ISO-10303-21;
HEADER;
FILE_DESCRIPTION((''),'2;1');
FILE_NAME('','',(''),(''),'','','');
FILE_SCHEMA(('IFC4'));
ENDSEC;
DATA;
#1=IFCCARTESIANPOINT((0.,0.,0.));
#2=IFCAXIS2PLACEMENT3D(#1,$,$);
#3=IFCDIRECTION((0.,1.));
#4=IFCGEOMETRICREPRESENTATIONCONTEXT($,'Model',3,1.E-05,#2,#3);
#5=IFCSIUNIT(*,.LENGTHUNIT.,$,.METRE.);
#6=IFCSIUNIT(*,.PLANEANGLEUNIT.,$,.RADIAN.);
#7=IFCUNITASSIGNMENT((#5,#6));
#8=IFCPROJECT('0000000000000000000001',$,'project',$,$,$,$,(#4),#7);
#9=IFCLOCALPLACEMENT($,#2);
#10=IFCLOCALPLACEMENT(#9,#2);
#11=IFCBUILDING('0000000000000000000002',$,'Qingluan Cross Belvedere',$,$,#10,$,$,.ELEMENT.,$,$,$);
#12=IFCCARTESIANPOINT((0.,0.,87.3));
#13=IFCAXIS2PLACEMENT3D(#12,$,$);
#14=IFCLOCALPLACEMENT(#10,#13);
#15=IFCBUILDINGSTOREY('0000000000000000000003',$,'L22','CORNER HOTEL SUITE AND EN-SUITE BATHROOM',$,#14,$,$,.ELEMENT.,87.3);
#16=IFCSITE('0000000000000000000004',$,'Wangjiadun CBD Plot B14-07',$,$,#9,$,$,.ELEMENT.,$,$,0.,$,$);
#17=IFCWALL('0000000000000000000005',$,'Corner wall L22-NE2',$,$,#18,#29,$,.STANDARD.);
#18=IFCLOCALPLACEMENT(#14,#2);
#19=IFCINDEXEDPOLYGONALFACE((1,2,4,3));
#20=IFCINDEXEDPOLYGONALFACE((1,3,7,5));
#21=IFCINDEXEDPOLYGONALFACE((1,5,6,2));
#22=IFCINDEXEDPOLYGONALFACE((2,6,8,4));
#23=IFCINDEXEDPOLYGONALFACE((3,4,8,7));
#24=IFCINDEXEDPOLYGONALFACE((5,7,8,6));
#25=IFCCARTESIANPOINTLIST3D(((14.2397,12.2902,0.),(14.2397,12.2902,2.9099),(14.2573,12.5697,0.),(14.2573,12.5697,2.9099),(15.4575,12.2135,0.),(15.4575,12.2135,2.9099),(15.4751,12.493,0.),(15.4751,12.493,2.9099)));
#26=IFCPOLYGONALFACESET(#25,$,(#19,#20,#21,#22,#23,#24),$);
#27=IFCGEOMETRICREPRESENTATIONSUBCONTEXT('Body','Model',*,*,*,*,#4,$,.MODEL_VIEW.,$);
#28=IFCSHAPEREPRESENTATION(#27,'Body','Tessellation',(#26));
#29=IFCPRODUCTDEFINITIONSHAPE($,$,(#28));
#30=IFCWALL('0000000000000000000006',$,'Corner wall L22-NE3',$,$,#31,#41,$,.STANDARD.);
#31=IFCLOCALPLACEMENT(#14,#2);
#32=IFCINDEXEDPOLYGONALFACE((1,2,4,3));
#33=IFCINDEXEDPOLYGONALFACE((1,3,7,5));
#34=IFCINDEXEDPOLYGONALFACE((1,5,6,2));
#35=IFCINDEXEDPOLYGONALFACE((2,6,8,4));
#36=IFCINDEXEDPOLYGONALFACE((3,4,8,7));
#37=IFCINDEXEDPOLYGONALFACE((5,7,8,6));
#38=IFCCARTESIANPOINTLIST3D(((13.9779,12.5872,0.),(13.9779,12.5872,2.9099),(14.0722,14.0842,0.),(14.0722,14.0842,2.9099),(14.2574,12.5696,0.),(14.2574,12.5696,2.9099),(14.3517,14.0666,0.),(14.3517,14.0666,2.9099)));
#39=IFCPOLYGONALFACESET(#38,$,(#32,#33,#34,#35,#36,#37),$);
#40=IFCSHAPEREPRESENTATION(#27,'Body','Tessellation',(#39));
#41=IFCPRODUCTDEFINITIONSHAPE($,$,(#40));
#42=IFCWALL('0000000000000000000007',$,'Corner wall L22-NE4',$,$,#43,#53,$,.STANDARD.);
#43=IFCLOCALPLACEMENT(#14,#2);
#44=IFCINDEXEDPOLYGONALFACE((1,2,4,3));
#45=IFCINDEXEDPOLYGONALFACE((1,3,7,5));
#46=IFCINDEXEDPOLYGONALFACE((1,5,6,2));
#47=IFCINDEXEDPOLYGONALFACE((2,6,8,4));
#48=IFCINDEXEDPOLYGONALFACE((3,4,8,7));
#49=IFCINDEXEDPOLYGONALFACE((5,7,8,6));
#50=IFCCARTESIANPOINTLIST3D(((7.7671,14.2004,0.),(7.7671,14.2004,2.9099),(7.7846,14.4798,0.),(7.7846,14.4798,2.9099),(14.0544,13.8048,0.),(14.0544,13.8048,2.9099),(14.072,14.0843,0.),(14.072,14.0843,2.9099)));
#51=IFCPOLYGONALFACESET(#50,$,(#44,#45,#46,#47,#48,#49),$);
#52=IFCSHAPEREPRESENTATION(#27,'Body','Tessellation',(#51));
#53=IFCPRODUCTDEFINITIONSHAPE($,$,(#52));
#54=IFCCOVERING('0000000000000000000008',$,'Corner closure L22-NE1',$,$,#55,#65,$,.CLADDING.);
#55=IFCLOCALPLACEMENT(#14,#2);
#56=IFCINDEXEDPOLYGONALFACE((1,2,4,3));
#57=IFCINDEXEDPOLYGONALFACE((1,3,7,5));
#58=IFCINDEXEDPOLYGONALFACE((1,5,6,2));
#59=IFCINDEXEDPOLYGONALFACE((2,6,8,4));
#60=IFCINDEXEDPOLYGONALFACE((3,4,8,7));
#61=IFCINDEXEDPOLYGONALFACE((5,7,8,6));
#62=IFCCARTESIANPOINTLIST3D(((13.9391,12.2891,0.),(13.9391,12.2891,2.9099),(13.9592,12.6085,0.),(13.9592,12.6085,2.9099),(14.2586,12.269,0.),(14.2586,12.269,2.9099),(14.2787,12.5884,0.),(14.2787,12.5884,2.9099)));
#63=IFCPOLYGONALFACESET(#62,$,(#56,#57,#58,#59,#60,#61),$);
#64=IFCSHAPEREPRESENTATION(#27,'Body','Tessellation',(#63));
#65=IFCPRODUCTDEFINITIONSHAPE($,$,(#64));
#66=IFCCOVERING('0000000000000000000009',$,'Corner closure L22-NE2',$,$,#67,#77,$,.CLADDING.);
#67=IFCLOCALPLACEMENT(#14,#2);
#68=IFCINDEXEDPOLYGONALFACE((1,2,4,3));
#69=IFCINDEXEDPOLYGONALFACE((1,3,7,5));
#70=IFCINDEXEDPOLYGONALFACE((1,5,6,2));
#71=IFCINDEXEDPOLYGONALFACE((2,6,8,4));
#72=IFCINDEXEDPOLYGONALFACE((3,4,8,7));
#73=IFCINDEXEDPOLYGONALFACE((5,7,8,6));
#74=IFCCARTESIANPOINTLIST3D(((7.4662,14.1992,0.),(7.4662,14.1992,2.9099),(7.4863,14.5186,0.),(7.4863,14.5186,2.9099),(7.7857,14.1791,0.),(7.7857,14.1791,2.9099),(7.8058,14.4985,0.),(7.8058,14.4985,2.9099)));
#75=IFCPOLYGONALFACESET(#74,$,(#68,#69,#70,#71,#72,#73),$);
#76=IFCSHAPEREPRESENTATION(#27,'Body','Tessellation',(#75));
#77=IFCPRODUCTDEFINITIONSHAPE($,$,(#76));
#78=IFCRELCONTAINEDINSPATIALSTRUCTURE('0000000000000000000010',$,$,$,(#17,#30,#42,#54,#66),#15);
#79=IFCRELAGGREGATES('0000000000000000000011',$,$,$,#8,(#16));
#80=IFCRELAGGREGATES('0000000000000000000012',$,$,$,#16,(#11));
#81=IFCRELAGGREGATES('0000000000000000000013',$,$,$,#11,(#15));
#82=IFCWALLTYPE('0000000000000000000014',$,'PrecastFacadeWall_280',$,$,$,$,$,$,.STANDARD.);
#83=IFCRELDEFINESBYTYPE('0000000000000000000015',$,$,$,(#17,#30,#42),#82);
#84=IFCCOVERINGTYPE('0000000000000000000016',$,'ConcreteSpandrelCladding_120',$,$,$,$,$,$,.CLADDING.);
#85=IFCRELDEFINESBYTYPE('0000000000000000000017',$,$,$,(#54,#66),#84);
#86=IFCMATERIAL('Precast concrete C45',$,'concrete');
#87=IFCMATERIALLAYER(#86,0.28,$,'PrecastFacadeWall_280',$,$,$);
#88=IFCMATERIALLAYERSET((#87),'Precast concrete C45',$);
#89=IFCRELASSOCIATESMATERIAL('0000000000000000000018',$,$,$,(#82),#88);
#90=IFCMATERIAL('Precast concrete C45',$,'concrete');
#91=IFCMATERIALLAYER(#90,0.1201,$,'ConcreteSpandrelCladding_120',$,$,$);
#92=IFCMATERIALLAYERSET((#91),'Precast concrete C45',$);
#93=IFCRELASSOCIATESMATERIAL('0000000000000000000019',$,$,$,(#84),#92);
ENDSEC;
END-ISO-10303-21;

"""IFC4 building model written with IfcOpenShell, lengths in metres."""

from ifc_helpers import new_model, si_unit, direction, frame, frame_2d, origin, origin_2d, place, context, subcontext, project, spatial, rectangle, extrude, material, layer, layer_set, type_object, element, save


model = new_model("IFC4")

# Units and contexts
model_context = context("Model", 3, precision=1e-05, world=origin(), true_north=direction((0.0, 1.0)))
body_context = subcontext(model_context, "Body", "Model", "MODEL_VIEW")
ifc_project = project(units=[si_unit("LENGTHUNIT", "METRE"), si_unit("PLANEANGLEUNIT", "RADIAN")], contexts=[model_context])

# Site, building, storey
site_placement = place(None, origin())
site = spatial("IfcSite", under=ifc_project, at=site_placement, Name="Wangjiadun CBD Plot B14-07", CompositionType="ELEMENT", RefElevation=0.0)
building_placement = place(site_placement, origin())
building = spatial("IfcBuilding", under=site, at=building_placement, Name="Qingluan Cross Belvedere", CompositionType="ELEMENT")
storey_placement = place(building_placement, frame((0.0, 0.0, 87.3)))
storey = spatial("IfcBuildingStorey", under=building, at=storey_placement, Name="L22", Description="CORNER HOTEL SUITE AND EN-SUITE BATHROOM", CompositionType="ELEMENT", Elevation=87.3)

# Shared definitions
ifc_material_1 = material(Name="Precast concrete C45", Category="concrete")
ifc_layer_1 = layer(ifc_material_1, 0.28, Name="PrecastFacadeWall_280")
ifc_layer_set_1 = layer_set([ifc_layer_1], Name="Precast concrete C45")
wall_type_1 = type_object("IfcWallType", Name="PrecastFacadeWall_280", PredefinedType="STANDARD", material=ifc_layer_set_1)

# Walls
wall_1_placement = place(storey_placement, frame((15.4663, 12.3533, 0.0), z_axis=(0.0, 0.0, 1.0), x_axis=(-0.998024, 0.062827, 0.0)))
element("IfcWall", 1, at=wall_1_placement, inside=storey, type_object=wall_type_1, Name="Corner wall L22-NE2", PredefinedType="STANDARD", context=body_context, shape_type="SweptSolid", body=[
    extrude(rectangle(XDim=1.2202, YDim=0.28, at=frame_2d((0.6101, 0.0))), origin(), (0.0, 0.0, 1.0), 2.9099),
])
wall_2_placement = place(storey_placement, frame((14.1177, 12.5784, 0.0), z_axis=(0.0, 0.0, 1.0), x_axis=(0.062824, 0.998025, 0.0)))
element("IfcWall", 2, at=wall_2_placement, inside=storey, type_object=wall_type_1, Name="Corner wall L22-NE3", PredefinedType="STANDARD", context=body_context, shape_type="SweptSolid", body=[
    extrude(rectangle(XDim=1.5, YDim=0.28, at=frame_2d((0.75, 0.0))), origin(), (0.0, 0.0, 1.0), 2.9099),
])
wall_3_placement = place(storey_placement, frame((14.0632, 13.9446, 0.0), z_axis=(0.0, 0.0, 1.0), x_axis=(-0.998027, 0.062781, 0.0)))
element("IfcWall", 3, at=wall_3_placement, inside=storey, type_object=wall_type_1, Name="Corner wall L22-NE4", PredefinedType="STANDARD", context=body_context, shape_type="SweptSolid", body=[
    extrude(rectangle(XDim=6.2998, YDim=0.28, at=frame_2d((3.1499, 0.0))), origin(), (0.0, 0.0, 1.0), 2.9099),
])

# Coverings
ifc_material_2 = material(Name="Precast concrete C45", Category="concrete")
ifc_layer_2 = layer(ifc_material_2, 0.1201, Name="ConcreteSpandrelCladding_120")
ifc_layer_set_2 = layer_set([ifc_layer_2], Name="Precast concrete C45")
covering_type = type_object("IfcCoveringType", Name="ConcreteSpandrelCladding_120", PredefinedType="CLADDING", material=ifc_layer_set_2)
for number, where, z_axis, x_axis, name in (
    (4, (14.1089, 12.4387, 0.0), (0.0, 0.0, 1.0), (0.998027, -0.062791, 0.0), "Corner closure L22-NE1"),
    (5, (7.636, 14.3489, 0.0), (0.0, 0.0, 1.0), (0.998027, -0.062791, 0.0), "Corner closure L22-NE2"),
):
    element("IfcCovering", number, at=place(storey_placement, frame(where, z_axis=z_axis, x_axis=x_axis)), inside=storey, type_object=covering_type, Name=name, PredefinedType="CLADDING", context=body_context, shape_type="SweptSolid", body=[
        extrude(rectangle(XDim=0.3201, YDim=0.3201, at=origin_2d()), origin(), (0.0, 0.0, 1.0), 2.9099),
    ])

save(model, "model.ifc")
